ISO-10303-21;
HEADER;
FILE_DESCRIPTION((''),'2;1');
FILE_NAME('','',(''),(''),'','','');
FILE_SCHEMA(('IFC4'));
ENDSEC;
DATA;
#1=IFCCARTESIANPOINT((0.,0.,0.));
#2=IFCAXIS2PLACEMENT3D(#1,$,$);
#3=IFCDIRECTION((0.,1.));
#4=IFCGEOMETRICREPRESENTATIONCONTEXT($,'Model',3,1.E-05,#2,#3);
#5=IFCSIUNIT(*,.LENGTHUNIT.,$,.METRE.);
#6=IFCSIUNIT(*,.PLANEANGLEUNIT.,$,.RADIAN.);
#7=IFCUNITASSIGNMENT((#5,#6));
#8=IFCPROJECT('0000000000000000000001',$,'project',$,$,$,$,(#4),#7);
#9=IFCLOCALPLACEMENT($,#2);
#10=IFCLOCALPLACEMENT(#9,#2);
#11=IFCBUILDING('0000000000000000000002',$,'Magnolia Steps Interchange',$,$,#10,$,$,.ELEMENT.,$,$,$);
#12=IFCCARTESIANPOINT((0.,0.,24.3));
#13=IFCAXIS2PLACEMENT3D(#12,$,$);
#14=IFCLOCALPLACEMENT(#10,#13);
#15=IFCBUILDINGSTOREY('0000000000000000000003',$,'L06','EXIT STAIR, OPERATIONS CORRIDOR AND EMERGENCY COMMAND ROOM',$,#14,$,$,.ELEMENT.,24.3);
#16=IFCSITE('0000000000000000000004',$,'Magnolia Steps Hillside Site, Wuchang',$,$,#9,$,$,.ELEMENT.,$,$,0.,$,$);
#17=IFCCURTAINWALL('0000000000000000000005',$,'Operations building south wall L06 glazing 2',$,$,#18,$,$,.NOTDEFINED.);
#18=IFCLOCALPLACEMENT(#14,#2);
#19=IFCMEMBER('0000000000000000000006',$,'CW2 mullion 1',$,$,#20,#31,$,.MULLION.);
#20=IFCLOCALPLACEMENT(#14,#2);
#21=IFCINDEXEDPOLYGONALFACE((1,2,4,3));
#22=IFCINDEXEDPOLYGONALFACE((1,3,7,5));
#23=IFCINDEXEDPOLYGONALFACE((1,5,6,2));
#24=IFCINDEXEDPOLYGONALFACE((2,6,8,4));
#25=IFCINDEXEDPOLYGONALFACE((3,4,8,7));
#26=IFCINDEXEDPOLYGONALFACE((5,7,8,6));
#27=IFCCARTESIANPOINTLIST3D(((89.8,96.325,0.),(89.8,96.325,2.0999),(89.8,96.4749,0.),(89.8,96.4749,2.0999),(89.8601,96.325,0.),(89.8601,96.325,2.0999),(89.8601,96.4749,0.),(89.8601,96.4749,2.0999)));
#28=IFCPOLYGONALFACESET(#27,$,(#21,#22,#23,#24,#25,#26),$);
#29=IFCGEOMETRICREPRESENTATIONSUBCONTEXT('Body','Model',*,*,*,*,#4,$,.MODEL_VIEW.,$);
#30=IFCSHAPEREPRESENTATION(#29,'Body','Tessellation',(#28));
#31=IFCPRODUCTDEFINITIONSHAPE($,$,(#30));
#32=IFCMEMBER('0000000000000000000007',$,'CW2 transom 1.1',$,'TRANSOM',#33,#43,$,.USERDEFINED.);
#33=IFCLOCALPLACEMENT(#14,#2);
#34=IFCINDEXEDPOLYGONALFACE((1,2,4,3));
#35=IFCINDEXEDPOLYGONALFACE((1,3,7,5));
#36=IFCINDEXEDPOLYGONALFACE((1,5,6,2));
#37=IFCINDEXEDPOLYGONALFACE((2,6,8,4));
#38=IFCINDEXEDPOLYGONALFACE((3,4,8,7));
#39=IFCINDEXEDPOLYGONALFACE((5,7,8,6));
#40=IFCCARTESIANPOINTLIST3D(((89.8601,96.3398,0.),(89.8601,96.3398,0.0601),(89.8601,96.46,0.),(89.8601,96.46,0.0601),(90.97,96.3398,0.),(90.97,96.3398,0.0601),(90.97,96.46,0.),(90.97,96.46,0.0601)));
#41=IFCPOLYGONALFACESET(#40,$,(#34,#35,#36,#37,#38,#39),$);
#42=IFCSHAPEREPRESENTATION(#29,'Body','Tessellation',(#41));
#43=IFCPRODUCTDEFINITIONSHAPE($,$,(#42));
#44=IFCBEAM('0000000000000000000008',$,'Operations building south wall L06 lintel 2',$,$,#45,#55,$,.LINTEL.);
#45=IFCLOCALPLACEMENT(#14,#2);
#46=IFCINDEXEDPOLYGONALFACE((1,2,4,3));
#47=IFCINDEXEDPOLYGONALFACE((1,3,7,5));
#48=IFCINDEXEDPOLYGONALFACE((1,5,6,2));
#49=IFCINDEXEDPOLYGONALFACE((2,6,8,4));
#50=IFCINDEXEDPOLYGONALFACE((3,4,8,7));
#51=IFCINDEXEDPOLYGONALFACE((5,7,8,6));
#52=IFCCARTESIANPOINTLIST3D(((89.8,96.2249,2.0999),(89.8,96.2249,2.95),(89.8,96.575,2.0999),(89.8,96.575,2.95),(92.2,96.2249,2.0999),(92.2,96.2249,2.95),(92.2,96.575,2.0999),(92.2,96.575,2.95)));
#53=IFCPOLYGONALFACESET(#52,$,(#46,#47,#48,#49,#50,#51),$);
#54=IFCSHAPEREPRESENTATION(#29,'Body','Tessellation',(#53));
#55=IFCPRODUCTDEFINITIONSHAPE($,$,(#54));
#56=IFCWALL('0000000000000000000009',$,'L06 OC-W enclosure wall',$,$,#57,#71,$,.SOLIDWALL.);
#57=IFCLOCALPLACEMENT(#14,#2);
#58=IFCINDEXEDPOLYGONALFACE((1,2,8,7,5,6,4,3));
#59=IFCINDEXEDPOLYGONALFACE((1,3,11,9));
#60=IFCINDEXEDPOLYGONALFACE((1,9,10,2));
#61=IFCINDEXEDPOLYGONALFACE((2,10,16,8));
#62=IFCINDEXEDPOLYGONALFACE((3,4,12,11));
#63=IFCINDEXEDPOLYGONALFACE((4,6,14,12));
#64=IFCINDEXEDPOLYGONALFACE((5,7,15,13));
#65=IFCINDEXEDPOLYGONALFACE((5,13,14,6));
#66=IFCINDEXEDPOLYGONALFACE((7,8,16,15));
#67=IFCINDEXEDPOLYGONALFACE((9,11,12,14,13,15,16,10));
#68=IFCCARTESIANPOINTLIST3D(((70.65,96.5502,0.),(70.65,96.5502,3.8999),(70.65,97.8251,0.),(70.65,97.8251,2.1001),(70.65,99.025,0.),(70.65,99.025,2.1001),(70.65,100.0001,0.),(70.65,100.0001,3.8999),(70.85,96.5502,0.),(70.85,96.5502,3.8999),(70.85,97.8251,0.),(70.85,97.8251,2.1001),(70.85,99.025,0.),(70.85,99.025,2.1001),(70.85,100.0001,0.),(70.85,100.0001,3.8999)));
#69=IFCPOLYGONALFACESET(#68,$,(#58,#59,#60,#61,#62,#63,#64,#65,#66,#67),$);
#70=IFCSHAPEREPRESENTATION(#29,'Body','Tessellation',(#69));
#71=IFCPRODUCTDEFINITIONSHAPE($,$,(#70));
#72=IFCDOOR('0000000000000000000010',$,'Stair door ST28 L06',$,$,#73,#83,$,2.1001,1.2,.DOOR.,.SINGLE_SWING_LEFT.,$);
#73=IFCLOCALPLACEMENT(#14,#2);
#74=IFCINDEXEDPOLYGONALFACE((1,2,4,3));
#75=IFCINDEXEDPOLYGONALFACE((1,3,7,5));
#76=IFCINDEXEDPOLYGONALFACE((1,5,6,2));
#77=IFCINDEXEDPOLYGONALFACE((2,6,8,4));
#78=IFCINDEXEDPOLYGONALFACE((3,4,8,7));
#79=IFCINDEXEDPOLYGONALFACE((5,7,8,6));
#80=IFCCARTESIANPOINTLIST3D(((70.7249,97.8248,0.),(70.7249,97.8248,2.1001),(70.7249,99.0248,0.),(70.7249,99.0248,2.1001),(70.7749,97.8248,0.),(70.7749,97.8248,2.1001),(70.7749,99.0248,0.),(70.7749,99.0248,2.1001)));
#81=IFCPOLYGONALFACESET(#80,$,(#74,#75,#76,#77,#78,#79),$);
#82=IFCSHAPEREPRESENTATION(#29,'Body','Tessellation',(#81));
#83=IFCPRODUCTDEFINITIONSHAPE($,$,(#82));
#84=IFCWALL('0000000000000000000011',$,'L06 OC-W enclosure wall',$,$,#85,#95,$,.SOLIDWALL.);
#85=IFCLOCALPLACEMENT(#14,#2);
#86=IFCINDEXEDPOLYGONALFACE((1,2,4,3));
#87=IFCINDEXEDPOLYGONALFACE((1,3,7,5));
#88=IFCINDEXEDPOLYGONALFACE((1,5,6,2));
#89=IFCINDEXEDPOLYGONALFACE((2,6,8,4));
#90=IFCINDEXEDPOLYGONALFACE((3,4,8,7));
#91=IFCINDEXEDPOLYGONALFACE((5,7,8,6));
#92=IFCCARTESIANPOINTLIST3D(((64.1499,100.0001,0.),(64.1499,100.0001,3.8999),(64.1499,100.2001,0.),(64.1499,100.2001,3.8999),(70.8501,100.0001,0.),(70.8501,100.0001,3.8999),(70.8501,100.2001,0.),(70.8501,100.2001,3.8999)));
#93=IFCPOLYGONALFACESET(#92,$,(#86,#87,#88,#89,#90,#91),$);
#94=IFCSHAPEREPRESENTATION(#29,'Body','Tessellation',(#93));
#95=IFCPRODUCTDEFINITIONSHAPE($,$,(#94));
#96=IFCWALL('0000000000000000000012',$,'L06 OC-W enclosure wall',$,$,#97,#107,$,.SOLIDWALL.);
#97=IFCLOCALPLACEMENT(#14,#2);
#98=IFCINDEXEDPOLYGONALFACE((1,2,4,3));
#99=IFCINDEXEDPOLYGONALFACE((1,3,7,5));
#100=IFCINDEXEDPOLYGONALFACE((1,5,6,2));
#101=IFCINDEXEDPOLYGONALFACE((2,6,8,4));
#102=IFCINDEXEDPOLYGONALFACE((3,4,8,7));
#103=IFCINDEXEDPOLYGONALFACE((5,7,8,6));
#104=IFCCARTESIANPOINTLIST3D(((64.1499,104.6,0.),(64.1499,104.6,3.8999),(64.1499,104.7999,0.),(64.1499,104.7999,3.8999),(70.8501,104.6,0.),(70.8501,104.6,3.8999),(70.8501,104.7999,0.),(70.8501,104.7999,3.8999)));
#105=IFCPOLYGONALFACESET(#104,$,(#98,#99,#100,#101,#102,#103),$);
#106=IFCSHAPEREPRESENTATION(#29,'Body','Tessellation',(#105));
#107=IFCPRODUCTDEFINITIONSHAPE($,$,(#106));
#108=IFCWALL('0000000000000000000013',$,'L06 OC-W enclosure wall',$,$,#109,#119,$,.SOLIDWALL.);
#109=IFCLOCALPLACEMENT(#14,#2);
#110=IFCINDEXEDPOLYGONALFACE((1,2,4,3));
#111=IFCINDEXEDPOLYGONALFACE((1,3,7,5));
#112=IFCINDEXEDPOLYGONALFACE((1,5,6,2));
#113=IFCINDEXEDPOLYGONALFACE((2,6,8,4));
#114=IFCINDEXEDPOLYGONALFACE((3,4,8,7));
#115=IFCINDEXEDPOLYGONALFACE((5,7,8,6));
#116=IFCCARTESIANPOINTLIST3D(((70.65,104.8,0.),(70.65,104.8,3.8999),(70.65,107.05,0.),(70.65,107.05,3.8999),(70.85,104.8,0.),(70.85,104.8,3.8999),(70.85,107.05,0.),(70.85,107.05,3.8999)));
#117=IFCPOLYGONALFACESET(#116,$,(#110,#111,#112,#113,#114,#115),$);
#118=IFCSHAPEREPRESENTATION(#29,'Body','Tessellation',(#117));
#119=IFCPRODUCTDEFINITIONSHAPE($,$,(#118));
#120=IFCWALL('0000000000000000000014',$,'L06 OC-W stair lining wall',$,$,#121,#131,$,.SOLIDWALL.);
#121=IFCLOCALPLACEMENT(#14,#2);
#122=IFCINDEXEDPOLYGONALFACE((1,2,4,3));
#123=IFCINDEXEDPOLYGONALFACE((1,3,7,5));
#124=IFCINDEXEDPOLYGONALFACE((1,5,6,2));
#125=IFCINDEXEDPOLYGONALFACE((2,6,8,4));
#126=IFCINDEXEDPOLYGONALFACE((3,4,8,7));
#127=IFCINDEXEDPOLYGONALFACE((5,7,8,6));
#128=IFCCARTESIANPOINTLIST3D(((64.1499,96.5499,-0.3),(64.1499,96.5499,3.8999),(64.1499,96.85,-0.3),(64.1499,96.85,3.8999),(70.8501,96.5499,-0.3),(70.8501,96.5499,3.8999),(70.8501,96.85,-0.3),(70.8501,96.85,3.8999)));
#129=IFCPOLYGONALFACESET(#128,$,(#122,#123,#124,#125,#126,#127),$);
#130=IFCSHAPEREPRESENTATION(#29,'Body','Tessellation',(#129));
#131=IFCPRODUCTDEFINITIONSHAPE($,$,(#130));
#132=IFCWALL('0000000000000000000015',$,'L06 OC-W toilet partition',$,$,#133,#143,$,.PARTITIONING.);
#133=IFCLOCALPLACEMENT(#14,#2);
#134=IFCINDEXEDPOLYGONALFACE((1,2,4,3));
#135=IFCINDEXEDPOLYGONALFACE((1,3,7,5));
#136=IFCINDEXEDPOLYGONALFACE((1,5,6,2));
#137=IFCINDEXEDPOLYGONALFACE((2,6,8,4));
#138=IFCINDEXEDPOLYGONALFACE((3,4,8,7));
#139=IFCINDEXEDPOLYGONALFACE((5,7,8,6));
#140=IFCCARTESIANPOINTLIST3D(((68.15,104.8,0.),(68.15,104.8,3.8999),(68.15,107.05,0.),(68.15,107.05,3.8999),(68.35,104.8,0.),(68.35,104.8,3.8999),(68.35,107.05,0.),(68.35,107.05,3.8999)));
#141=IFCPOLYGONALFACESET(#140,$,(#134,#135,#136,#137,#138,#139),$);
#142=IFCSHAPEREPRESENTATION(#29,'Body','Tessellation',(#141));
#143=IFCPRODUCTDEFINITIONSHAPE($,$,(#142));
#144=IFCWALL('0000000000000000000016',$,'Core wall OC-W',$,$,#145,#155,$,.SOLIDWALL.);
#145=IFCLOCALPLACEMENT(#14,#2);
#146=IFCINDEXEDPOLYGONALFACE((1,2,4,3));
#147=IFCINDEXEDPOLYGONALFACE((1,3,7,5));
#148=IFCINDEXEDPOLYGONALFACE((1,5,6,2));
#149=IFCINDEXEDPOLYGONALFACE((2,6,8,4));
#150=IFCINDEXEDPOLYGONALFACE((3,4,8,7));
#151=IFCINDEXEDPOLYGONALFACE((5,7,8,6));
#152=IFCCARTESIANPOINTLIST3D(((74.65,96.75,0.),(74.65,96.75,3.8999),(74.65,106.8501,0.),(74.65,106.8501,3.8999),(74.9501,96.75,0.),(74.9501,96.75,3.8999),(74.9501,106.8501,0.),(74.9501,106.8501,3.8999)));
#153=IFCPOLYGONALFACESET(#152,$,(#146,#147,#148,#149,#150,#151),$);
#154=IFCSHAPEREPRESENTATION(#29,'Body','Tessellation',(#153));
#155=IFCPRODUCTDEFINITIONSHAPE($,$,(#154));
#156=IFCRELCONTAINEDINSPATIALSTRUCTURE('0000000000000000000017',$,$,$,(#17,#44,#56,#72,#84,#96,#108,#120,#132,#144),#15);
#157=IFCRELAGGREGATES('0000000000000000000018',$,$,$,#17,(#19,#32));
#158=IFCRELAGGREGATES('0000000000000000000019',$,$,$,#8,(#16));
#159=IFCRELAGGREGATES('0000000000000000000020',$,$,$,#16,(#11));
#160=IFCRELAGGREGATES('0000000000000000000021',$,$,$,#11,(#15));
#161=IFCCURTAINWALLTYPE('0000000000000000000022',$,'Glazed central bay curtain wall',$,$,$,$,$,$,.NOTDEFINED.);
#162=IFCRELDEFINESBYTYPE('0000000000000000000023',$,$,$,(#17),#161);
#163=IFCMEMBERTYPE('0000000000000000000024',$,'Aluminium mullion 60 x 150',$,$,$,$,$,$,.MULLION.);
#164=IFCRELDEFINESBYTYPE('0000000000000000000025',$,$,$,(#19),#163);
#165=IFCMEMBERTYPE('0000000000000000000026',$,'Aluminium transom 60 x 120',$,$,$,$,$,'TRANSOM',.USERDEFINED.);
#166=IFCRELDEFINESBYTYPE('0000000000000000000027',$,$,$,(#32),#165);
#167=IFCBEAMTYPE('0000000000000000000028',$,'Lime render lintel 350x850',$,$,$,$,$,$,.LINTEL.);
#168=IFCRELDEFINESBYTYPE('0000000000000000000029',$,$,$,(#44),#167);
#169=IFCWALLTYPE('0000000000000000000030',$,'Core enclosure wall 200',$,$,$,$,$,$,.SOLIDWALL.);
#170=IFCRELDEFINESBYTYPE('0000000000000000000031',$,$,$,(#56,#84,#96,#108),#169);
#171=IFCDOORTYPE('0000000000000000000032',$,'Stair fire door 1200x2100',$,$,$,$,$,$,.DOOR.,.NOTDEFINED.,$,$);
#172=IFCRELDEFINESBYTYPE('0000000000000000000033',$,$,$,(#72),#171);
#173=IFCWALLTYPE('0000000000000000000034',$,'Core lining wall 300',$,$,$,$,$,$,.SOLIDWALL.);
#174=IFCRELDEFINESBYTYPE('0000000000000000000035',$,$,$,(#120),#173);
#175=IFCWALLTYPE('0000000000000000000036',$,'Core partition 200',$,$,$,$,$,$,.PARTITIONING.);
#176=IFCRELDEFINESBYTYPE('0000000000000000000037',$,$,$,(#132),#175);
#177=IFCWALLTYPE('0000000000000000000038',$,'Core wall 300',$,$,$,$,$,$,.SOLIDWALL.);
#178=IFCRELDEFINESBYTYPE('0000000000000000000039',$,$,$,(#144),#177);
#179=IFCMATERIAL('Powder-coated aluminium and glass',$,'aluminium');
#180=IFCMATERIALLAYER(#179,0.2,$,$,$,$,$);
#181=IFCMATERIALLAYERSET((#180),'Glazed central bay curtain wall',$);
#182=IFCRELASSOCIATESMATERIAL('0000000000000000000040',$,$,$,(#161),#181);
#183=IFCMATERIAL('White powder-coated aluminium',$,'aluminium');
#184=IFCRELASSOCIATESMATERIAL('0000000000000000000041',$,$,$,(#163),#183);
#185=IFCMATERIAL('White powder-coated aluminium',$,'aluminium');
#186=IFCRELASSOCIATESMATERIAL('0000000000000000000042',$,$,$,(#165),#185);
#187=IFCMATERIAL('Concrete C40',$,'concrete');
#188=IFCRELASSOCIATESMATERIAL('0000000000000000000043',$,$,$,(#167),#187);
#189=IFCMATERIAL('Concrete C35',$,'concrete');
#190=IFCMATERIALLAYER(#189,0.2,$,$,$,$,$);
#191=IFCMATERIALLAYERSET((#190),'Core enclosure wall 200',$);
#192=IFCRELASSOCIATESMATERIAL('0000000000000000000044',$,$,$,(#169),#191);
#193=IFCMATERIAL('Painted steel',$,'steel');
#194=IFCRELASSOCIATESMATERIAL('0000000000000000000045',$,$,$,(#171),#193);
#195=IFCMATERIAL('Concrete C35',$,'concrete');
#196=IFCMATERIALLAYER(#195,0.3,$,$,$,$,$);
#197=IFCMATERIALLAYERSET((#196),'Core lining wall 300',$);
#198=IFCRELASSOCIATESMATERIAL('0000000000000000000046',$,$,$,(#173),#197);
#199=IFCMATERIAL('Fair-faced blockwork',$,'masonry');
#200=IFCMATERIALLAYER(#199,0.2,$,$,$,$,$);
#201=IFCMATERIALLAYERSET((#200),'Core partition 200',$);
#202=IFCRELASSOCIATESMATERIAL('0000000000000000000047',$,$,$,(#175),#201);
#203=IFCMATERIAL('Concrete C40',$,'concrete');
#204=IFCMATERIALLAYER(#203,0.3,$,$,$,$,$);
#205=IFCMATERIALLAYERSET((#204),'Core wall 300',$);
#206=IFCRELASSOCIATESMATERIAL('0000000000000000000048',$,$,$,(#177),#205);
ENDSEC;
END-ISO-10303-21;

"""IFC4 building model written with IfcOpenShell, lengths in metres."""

from ifc_helpers import new_model, si_unit, direction, frame, frame_2d, origin, origin_2d, place, context, subcontext, project, spatial, rectangle, extrude, material, layer, layer_set, material_profile, profile_set, type_object, element, fill, aggregate, save


model = new_model("IFC4")

# Units and contexts
model_context = context("Model", 3, precision=1e-05, world=origin(), true_north=direction((0.0, 1.0)))
body_context = subcontext(model_context, "Body", "Model", "MODEL_VIEW")
ifc_project = project(units=[si_unit("LENGTHUNIT", "METRE"), si_unit("PLANEANGLEUNIT", "RADIAN")], contexts=[model_context])

# Site, building, storey
site_placement = place(None, origin())
site = spatial("IfcSite", under=ifc_project, at=site_placement, Name="Magnolia Steps Hillside Site, Wuchang", CompositionType="ELEMENT", RefElevation=0.0)
building_placement = place(site_placement, origin())
building = spatial("IfcBuilding", under=site, at=building_placement, Name="Magnolia Steps Interchange", CompositionType="ELEMENT")
storey_placement = place(building_placement, frame((0.0, 0.0, 24.3)))
storey = spatial("IfcBuildingStorey", under=building, at=storey_placement, Name="L06", Description="EXIT STAIR, OPERATIONS CORRIDOR AND EMERGENCY COMMAND ROOM", CompositionType="ELEMENT", Elevation=24.3)

# Curtain wall, members
ifc_material_1 = material(Name="Powder-coated aluminium and glass", Category="aluminium")
ifc_layer_1 = layer(ifc_material_1, 0.2)
ifc_layer_set_1 = layer_set([ifc_layer_1], Name="Glazed central bay curtain wall")
curtain_wall_type = type_object("IfcCurtainWallType", Name="Glazed central bay curtain wall", PredefinedType="NOTDEFINED", material=ifc_layer_set_1)
curtain_wall_placement = place(storey_placement, origin())
curtain_wall = element("IfcCurtainWall", 1, at=curtain_wall_placement, inside=storey, type_object=curtain_wall_type, Name="Operations building south wall L06 glazing 2", PredefinedType="NOTDEFINED")
ifc_material_2 = material(Name="White powder-coated aluminium", Category="aluminium")
ifc_material_profile_1 = material_profile(ifc_material_2, rectangle(XDim=0.0601, YDim=0.1499, at=origin_2d()), Name="Aluminium mullion 60 x 150")
ifc_profile_set_1 = profile_set([ifc_material_profile_1], Name="White powder-coated aluminium")
member_type_1 = type_object("IfcMemberType", Name="Aluminium mullion 60 x 150", PredefinedType="MULLION", material=ifc_profile_set_1)
member_1_placement = place(storey_placement, frame((89.8301, 96.3999, 0.0), z_axis=(0.0, 0.0, 1.0), x_axis=(1.0, 0.0, 0.0)))
member_1 = element("IfcMember", 2, at=member_1_placement, type_object=member_type_1, Name="CW2 mullion 1", PredefinedType="MULLION", context=body_context, shape_type="SweptSolid", body=[
    extrude(rectangle(XDim=0.0601, YDim=0.1499, at=origin_2d()), origin(), (0.0, 0.0, 1.0), 2.0999),
])
ifc_material_3 = material(Name="White powder-coated aluminium", Category="aluminium")
ifc_material_profile_2 = material_profile(ifc_material_3, rectangle(XDim=0.0601, YDim=0.1201, at=origin_2d()), Name="Aluminium transom 60 x 120")
ifc_profile_set_2 = profile_set([ifc_material_profile_2], Name="White powder-coated aluminium")
member_type_2 = type_object("IfcMemberType", Name="Aluminium transom 60 x 120", ElementType="TRANSOM", PredefinedType="USERDEFINED", material=ifc_profile_set_2)
member_2_placement = place(storey_placement, frame((89.8601, 96.3999, 0.03), z_axis=(1.0, 0.0, 0.0), x_axis=(0.0, 0.0, 1.0)))
member_2 = element("IfcMember", 3, at=member_2_placement, type_object=member_type_2, Name="CW2 transom 1.1", ObjectType="TRANSOM", PredefinedType="USERDEFINED", context=body_context, shape_type="SweptSolid", body=[
    extrude(rectangle(XDim=0.0601, YDim=0.1201, at=origin_2d()), origin(), (0.0, 0.0, 1.0), 1.1099),
])
aggregate(curtain_wall, [member_1, member_2])

# Beam
ifc_material_4 = material(Name="Concrete C40", Category="concrete")
ifc_material_profile_3 = material_profile(ifc_material_4, rectangle(XDim=0.3501, YDim=0.8501, at=origin_2d()), Name="RC350x850")
ifc_profile_set_3 = profile_set([ifc_material_profile_3], Name="Concrete C40")
beam_type = type_object("IfcBeamType", Name="Lime render lintel 350x850", PredefinedType="LINTEL", material=ifc_profile_set_3)
beam_placement = place(storey_placement, frame((89.8, 96.3999, 2.5249), z_axis=(1.0, 0.0, 0.0), x_axis=(0.0, 1.0, 0.0)))
element("IfcBeam", 4, at=beam_placement, inside=storey, type_object=beam_type, Name="Operations building south wall L06 lintel 2", PredefinedType="LINTEL", context=body_context, shape_type="SweptSolid", body=[
    extrude(rectangle(XDim=0.3501, YDim=0.8501, at=origin_2d()), origin(), (0.0, 0.0, 1.0), 2.3999),
])

# Wall, opening, door
ifc_material_5 = material(Name="Concrete C35", Category="concrete")
ifc_layer_2 = layer(ifc_material_5, 0.2)
ifc_layer_set_2 = layer_set([ifc_layer_2], Name="Core enclosure wall 200")
wall_type_1 = type_object("IfcWallType", Name="Core enclosure wall 200", PredefinedType="SOLIDWALL", material=ifc_layer_set_2)
wall_1_placement = place(storey_placement, frame((70.75, 96.55, 0.0), z_axis=(0.0, 0.0, 1.0), x_axis=(0.0, 1.0, 0.0)))
wall_1 = element("IfcWall", 5, at=wall_1_placement, inside=storey, type_object=wall_type_1, Name="L06 OC-W enclosure wall", PredefinedType="SOLIDWALL", context=body_context, shape_type="SweptSolid", body=[
    extrude(rectangle(XDim=3.45, YDim=0.2, at=frame_2d((1.7251, 0.0))), origin(), (0.0, 0.0, 1.0), 3.8999),
])
opening_1_placement = place(wall_1_placement, frame((1.2749, 0.0, 0.0)))
opening_1 = element("IfcOpeningElement", 6, at=opening_1_placement, cuts=wall_1, PredefinedType="OPENING", context=body_context, shape_type="SweptSolid", body=[
    extrude(rectangle(XDim=1.2, YDim=2.1001, at=frame_2d((0.6001, 1.05))), frame((0.0, 0.1099, 0.0), z_axis=(0.0, -1.0, 0.0), x_axis=(1.0, 0.0, 0.0)), (0.0, 0.0, 1.0), 0.22),
])
ifc_material_6 = material(Name="Painted steel", Category="steel")
door_type_1 = type_object("IfcDoorType", Name="Stair fire door 1200x2100", OperationType="NOTDEFINED", PredefinedType="DOOR", material=ifc_material_6)
door_1_placement = place(opening_1_placement, frame((1.2, 0.0, 0.0), z_axis=(0.0, 0.0, 1.0), x_axis=(-1.0, 0.0, 0.0)))
door_1 = element("IfcDoor", 7, at=door_1_placement, inside=storey, type_object=door_type_1, Name="Stair door ST28 L06", OperationType="SINGLE_SWING_LEFT", OverallHeight=2.1001, OverallWidth=1.2, PredefinedType="DOOR", context=body_context, shape_type="SweptSolid", body=[
    extrude(rectangle(XDim=1.2, YDim=2.1001, at=frame_2d((0.6001, 1.05))), frame((0.0, 0.0249, 0.0), z_axis=(0.0, -1.0, 0.0), x_axis=(1.0, 0.0, 0.0)), (0.0, 0.0, 1.0), 0.05),
])
fill(opening_1, door_1)

# Walls
for number, where, z_axis, x_axis, name in (
    (8, (70.8501, 100.1001, 0.0), (0.0, 0.0, 1.0), (-1.0, 0.0, 0.0), "L06 OC-W enclosure wall"),
    (9, (70.8501, 104.7, 0.0), (0.0, 0.0, 1.0), (-1.0, 0.0, 0.0), "L06 OC-W enclosure wall"),
):
    element("IfcWall", number, at=place(storey_placement, frame(where, z_axis=z_axis, x_axis=x_axis)), inside=storey, type_object=wall_type_1, Name=name, PredefinedType="SOLIDWALL", context=body_context, shape_type="SweptSolid", body=[
        extrude(rectangle(XDim=6.7002, YDim=0.2, at=frame_2d((3.3501, 0.0))), origin(), (0.0, 0.0, 1.0), 3.8999),
    ])
wall_2_placement = place(storey_placement, frame((70.75, 104.8, 0.0), z_axis=(0.0, 0.0, 1.0), x_axis=(0.0, 1.0, 0.0)))
element("IfcWall", 10, at=wall_2_placement, inside=storey, type_object=wall_type_1, Name="L06 OC-W enclosure wall", PredefinedType="SOLIDWALL", context=body_context, shape_type="SweptSolid", body=[
    extrude(rectangle(XDim=2.25, YDim=0.2, at=frame_2d((1.125, 0.0))), origin(), (0.0, 0.0, 1.0), 3.8999),
])
ifc_material_7 = material(Name="Concrete C35", Category="concrete")
ifc_layer_3 = layer(ifc_material_7, 0.3)
ifc_layer_set_3 = layer_set([ifc_layer_3], Name="Core lining wall 300")
wall_type_2 = type_object("IfcWallType", Name="Core lining wall 300", PredefinedType="SOLIDWALL", material=ifc_layer_set_3)
wall_3_placement = place(storey_placement, frame((70.8501, 96.7, -0.3), z_axis=(0.0, 0.0, 1.0), x_axis=(-1.0, 0.0, 0.0)))
element("IfcWall", 11, at=wall_3_placement, inside=storey, type_object=wall_type_2, Name="L06 OC-W stair lining wall", PredefinedType="SOLIDWALL", context=body_context, shape_type="SweptSolid", body=[
    extrude(rectangle(XDim=6.7002, YDim=0.3, at=frame_2d((3.3501, 0.0))), origin(), (0.0, 0.0, 1.0), 4.2),
])
ifc_material_8 = material(Name="Fair-faced blockwork", Category="masonry")
ifc_layer_4 = layer(ifc_material_8, 0.2)
ifc_layer_set_4 = layer_set([ifc_layer_4], Name="Core partition 200")
wall_type_3 = type_object("IfcWallType", Name="Core partition 200", PredefinedType="PARTITIONING", material=ifc_layer_set_4)
wall_4_placement = place(storey_placement, frame((68.25, 104.8, 0.0), z_axis=(0.0, 0.0, 1.0), x_axis=(0.0, 1.0, 0.0)))
element("IfcWall", 12, at=wall_4_placement, inside=storey, type_object=wall_type_3, Name="L06 OC-W toilet partition", PredefinedType="PARTITIONING", context=body_context, shape_type="SweptSolid", body=[
    extrude(rectangle(XDim=2.25, YDim=0.2, at=frame_2d((1.125, 0.0))), origin(), (0.0, 0.0, 1.0), 3.8999),
])
ifc_material_9 = material(Name="Concrete C40", Category="concrete")
ifc_layer_5 = layer(ifc_material_9, 0.3)
ifc_layer_set_5 = layer_set([ifc_layer_5], Name="Core wall 300")
wall_type_4 = type_object("IfcWallType", Name="Core wall 300", PredefinedType="SOLIDWALL", material=ifc_layer_set_5)
wall_5_placement = place(storey_placement, frame((74.8, 96.75, 0.0), z_axis=(0.0, 0.0, 1.0), x_axis=(0.0, 1.0, 0.0)))
element("IfcWall", 13, at=wall_5_placement, inside=storey, type_object=wall_type_4, Name="Core wall OC-W", PredefinedType="SOLIDWALL", context=body_context, shape_type="SweptSolid", body=[
    extrude(rectangle(XDim=10.1001, YDim=0.3, at=frame_2d((5.05, 0.0))), origin(), (0.0, 0.0, 1.0), 3.8999),
])

save(model, "model.ifc")
